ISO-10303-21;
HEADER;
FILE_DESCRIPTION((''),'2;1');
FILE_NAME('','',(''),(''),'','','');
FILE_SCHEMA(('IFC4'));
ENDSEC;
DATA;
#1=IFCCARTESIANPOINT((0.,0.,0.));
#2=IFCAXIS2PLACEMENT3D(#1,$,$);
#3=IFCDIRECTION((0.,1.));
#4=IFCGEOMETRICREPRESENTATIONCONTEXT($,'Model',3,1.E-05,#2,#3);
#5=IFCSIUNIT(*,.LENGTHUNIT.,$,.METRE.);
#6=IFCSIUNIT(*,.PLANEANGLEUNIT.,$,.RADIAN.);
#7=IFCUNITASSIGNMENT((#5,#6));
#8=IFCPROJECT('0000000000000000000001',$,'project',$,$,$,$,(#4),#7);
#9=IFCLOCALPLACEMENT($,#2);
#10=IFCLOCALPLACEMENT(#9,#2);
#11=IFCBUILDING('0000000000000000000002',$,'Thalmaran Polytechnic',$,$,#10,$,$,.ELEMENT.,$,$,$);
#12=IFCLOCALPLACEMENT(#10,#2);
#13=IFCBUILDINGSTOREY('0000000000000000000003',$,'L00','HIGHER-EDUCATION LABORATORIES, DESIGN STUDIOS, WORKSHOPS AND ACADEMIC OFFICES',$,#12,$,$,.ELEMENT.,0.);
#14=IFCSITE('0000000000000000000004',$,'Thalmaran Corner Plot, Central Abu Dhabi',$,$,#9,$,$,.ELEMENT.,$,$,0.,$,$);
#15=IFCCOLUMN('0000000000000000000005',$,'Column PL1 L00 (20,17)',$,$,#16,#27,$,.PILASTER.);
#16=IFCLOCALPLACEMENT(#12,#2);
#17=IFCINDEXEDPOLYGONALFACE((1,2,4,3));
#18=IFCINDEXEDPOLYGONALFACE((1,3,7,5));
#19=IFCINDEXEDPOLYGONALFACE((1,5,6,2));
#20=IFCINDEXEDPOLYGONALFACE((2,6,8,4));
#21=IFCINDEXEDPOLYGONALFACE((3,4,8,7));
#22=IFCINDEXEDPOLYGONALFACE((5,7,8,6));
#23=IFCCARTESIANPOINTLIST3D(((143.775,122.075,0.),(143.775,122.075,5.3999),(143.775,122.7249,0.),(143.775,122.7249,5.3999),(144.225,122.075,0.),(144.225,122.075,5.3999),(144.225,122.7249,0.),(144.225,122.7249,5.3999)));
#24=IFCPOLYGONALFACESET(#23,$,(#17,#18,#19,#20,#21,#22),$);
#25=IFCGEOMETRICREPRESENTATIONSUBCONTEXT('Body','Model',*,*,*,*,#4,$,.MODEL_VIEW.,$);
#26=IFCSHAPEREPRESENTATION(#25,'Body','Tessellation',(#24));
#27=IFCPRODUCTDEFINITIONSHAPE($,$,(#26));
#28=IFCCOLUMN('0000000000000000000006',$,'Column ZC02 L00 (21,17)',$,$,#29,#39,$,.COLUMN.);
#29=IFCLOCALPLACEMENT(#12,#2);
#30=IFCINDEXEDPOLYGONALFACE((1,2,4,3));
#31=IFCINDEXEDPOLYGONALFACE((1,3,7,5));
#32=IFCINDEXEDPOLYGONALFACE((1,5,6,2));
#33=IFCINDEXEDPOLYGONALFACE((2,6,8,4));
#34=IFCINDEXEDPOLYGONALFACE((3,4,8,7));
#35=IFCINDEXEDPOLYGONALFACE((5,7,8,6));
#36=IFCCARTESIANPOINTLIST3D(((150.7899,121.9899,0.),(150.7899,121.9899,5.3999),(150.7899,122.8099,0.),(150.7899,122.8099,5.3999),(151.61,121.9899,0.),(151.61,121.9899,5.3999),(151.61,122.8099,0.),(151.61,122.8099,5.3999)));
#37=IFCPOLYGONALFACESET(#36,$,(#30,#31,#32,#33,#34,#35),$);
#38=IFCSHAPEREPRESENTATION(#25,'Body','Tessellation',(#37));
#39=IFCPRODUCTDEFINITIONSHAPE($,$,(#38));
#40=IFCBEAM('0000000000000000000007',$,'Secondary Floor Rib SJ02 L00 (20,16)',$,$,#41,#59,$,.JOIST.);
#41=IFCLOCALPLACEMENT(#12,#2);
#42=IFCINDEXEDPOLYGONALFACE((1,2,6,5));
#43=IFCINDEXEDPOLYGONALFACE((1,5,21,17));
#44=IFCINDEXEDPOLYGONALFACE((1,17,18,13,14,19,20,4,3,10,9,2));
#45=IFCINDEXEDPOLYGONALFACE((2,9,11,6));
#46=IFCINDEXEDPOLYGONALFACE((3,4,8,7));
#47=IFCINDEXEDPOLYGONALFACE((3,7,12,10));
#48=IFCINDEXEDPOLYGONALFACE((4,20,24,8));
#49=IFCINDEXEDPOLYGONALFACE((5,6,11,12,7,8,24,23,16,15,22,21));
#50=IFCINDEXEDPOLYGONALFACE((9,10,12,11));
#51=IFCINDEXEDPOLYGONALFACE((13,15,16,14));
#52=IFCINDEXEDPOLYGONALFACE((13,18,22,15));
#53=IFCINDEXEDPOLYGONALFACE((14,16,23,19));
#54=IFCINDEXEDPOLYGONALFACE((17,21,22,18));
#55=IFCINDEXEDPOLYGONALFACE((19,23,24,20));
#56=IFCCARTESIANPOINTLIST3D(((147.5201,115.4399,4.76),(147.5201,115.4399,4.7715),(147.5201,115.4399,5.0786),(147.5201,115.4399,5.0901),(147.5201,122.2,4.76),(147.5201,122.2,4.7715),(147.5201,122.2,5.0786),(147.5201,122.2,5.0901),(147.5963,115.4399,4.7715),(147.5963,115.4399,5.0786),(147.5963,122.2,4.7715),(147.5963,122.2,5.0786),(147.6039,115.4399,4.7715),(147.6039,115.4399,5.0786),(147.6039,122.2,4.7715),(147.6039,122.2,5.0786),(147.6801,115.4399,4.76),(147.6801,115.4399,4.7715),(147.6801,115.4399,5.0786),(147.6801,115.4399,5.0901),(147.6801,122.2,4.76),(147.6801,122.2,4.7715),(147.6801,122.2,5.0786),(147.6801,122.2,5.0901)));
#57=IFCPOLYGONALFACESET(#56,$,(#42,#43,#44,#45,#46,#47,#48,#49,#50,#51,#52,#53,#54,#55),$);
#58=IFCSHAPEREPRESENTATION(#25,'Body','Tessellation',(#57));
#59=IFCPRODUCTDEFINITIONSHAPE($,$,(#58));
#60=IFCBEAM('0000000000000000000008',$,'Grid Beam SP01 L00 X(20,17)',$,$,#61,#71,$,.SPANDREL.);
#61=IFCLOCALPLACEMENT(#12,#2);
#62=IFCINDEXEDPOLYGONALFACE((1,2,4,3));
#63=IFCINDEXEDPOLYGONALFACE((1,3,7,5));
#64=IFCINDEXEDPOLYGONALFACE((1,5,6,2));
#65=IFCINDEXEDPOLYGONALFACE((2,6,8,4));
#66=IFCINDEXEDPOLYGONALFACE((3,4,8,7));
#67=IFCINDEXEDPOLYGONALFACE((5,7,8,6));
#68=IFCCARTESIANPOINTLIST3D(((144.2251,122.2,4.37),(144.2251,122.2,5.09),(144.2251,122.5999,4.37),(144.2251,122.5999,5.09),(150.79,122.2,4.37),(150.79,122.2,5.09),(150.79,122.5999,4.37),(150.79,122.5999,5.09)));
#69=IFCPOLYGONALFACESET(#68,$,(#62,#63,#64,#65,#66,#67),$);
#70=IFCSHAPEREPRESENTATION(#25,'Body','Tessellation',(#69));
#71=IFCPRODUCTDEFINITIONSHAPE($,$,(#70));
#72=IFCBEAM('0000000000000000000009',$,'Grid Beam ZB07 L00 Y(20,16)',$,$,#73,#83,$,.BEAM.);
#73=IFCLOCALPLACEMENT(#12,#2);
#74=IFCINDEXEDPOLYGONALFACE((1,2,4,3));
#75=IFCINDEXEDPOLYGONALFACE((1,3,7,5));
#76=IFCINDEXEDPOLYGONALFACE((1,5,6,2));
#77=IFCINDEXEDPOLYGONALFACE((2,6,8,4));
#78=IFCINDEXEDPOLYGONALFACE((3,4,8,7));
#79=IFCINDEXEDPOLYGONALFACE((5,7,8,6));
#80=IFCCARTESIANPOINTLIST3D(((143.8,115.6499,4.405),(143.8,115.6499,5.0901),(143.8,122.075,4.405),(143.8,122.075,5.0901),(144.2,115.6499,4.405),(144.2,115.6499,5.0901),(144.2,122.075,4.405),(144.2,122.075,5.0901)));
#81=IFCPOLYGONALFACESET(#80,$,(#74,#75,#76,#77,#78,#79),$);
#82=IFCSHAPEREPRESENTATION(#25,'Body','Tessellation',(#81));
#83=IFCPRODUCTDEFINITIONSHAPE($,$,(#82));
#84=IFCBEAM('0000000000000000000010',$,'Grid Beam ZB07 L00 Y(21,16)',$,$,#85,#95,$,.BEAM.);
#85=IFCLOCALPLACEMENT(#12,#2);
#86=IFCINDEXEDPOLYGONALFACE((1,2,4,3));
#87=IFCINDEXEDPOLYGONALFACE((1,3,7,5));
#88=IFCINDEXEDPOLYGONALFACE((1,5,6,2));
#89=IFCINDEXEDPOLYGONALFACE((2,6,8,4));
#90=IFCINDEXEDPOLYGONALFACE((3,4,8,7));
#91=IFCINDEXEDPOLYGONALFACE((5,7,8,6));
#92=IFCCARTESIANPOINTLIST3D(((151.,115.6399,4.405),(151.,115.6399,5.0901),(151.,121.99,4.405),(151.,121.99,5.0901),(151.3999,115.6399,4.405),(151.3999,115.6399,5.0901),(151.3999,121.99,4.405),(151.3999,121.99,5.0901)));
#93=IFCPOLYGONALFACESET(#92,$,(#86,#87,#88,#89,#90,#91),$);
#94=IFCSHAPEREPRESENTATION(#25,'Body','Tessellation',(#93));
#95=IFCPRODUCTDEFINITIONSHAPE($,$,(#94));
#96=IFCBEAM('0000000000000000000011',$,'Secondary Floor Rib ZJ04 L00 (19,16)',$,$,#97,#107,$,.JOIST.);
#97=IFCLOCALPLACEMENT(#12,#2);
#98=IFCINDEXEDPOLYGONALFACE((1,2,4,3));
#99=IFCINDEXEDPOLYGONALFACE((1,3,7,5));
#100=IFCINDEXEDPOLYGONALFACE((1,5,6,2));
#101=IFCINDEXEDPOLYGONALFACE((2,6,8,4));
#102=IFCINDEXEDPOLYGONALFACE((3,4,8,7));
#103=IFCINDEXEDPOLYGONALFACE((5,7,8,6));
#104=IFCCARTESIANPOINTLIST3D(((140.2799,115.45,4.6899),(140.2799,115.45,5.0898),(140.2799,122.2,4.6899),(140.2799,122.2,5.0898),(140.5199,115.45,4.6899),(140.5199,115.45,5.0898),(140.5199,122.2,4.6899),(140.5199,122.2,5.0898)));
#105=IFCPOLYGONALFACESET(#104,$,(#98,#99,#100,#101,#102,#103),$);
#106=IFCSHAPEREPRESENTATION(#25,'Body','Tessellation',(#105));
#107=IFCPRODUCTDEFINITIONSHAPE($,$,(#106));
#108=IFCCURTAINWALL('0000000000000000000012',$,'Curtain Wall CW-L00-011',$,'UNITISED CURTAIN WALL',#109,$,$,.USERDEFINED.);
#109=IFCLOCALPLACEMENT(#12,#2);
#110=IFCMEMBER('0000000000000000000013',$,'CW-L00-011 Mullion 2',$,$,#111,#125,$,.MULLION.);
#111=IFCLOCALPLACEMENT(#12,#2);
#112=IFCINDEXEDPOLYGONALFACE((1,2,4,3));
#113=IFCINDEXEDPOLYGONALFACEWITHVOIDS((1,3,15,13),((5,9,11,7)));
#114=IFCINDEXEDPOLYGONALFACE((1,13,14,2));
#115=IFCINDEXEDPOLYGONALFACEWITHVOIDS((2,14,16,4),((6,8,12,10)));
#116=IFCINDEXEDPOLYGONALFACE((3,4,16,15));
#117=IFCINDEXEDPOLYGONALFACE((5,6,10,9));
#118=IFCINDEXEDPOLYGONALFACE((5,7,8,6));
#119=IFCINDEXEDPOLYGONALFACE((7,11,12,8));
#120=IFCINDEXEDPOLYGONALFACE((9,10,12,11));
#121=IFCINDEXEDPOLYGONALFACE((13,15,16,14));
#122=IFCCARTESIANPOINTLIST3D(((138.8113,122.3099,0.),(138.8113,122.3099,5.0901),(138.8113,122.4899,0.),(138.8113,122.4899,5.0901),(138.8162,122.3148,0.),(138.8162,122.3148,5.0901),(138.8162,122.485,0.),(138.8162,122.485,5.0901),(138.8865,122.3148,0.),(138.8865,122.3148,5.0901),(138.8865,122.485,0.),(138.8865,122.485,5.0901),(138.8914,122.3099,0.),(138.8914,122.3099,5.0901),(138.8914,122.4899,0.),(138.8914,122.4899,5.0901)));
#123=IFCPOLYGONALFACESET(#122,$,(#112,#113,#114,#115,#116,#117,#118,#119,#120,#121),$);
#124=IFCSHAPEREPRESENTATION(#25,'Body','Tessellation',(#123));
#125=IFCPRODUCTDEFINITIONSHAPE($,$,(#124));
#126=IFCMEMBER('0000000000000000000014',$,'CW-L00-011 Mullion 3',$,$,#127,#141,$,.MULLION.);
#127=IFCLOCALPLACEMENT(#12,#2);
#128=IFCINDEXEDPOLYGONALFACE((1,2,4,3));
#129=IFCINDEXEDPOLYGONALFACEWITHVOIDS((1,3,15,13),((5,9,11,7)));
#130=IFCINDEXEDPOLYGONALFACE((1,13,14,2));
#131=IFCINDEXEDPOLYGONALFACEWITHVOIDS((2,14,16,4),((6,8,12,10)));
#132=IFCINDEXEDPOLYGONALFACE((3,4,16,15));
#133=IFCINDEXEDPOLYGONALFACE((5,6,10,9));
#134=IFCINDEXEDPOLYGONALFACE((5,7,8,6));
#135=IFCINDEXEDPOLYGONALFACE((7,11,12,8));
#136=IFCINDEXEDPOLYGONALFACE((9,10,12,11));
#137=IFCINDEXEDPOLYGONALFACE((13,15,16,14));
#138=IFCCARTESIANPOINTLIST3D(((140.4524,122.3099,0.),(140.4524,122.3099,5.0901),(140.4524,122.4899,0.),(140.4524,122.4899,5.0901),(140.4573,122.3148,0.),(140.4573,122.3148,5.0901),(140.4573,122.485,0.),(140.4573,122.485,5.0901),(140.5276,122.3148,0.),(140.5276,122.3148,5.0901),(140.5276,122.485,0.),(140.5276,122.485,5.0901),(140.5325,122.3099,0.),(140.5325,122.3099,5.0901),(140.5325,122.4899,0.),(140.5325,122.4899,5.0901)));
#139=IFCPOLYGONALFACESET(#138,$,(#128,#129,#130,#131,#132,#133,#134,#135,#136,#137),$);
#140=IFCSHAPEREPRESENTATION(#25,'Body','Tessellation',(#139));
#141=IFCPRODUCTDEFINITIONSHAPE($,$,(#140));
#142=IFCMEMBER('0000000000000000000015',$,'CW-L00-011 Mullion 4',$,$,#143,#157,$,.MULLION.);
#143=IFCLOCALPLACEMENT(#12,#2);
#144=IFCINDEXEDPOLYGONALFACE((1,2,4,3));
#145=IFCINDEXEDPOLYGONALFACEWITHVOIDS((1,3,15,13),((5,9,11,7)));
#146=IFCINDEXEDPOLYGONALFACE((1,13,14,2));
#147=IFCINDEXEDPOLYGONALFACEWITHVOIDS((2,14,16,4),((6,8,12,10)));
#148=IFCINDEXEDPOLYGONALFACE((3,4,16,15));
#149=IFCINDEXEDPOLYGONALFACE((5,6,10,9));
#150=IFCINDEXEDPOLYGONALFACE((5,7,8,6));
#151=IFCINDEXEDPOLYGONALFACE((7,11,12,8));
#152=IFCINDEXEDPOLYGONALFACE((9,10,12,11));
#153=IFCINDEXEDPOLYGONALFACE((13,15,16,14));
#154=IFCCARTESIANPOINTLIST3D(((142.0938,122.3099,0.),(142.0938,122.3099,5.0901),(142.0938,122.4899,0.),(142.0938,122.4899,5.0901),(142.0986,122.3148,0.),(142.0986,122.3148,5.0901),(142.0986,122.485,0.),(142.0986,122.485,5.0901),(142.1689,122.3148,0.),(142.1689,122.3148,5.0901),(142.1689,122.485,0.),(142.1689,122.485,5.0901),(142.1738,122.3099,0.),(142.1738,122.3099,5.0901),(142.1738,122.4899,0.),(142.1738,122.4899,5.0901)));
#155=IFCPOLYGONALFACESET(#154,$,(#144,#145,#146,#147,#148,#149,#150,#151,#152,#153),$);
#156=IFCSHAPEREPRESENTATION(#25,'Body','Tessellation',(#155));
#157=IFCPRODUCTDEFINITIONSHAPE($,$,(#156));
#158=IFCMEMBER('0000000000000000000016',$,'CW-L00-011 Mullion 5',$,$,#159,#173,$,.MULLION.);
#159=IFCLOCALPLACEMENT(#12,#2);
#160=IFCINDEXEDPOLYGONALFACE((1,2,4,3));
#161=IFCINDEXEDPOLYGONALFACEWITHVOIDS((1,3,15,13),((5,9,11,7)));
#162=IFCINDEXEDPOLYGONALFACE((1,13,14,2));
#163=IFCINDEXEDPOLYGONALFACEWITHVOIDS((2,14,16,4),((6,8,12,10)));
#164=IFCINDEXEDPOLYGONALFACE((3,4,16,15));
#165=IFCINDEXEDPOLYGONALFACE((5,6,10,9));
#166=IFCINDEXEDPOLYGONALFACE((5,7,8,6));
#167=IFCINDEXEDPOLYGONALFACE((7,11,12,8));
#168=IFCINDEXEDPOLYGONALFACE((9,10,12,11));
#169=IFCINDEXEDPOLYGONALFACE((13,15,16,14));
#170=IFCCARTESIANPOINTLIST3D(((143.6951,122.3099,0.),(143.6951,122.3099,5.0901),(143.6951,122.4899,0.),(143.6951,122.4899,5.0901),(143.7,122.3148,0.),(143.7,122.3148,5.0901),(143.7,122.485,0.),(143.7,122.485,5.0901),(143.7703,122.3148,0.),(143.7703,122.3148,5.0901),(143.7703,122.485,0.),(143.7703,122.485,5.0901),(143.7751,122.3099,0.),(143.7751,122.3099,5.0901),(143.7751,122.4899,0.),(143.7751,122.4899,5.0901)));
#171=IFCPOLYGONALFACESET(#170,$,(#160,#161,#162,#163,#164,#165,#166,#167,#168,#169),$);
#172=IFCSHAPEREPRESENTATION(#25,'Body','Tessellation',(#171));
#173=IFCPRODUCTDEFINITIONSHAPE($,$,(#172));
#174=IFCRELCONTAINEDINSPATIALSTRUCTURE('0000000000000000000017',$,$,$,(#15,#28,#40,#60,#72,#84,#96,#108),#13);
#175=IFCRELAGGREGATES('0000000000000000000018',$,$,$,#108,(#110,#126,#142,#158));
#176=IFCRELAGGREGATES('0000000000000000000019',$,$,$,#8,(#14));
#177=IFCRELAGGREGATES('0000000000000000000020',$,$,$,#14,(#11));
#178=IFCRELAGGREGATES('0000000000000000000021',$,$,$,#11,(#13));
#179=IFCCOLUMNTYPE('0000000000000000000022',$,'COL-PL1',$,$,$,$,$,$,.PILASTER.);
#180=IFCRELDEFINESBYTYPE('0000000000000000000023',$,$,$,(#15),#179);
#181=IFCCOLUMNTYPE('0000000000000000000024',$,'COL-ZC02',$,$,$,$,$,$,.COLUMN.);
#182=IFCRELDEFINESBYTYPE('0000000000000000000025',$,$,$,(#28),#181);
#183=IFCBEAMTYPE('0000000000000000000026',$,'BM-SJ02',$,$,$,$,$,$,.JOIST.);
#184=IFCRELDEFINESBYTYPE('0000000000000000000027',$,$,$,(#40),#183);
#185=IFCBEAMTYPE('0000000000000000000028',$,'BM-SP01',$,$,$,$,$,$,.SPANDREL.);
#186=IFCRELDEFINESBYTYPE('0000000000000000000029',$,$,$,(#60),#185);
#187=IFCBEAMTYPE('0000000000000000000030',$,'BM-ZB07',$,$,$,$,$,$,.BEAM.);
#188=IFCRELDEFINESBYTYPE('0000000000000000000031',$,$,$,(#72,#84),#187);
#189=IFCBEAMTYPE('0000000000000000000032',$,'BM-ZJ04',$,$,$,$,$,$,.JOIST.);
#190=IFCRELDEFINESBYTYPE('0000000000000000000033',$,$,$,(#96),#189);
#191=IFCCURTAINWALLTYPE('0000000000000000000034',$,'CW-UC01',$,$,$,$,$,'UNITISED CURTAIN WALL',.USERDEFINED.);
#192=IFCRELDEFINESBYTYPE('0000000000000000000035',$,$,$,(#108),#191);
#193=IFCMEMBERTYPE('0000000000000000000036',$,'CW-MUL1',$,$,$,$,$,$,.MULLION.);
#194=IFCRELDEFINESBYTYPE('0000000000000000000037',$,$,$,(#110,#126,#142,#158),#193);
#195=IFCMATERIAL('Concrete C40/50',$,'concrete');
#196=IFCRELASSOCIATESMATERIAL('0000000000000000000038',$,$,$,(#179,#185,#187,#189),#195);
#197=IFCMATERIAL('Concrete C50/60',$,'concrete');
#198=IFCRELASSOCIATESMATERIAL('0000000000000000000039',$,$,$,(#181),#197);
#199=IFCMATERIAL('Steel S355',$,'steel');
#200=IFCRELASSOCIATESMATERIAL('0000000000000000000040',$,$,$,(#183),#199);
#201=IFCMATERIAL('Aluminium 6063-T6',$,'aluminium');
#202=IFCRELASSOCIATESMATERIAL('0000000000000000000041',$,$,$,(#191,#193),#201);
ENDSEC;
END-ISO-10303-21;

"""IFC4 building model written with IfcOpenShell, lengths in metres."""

from ifc_helpers import new_model, si_unit, direction, frame, origin, origin_2d, place, context, subcontext, project, spatial, rectangle, hollow_rectangle, i_section, extrude, material, material_profile, profile_set, type_object, element, aggregate, save


model = new_model("IFC4")

# Units and contexts
model_context = context("Model", 3, precision=1e-05, world=origin(), true_north=direction((0.0, 1.0)))
body_context = subcontext(model_context, "Body", "Model", "MODEL_VIEW")
ifc_project = project(units=[si_unit("LENGTHUNIT", "METRE"), si_unit("PLANEANGLEUNIT", "RADIAN")], contexts=[model_context])

# Site, building, storey
site_placement = place(None, origin())
site = spatial("IfcSite", under=ifc_project, at=site_placement, Name="Thalmaran Corner Plot, Central Abu Dhabi", CompositionType="ELEMENT", RefElevation=0.0)
building_placement = place(site_placement, origin())
building = spatial("IfcBuilding", under=site, at=building_placement, Name="Thalmaran Polytechnic", CompositionType="ELEMENT")
storey_placement = place(building_placement, origin())
storey = spatial("IfcBuildingStorey", under=building, at=storey_placement, Name="L00", Description="HIGHER-EDUCATION LABORATORIES, DESIGN STUDIOS, WORKSHOPS AND ACADEMIC OFFICES", CompositionType="ELEMENT", Elevation=0.0)

# Columns
ifc_material_1 = material(Name="Concrete C40/50", Category="concrete")
ifc_material_profile_1 = material_profile(ifc_material_1, rectangle(XDim=0.45, YDim=0.6499, at=origin_2d()), Name="RC 450x650")
ifc_profile_set_1 = profile_set([ifc_material_profile_1], Name="Concrete C40/50")
column_type_1 = type_object("IfcColumnType", Name="COL-PL1", PredefinedType="PILASTER", material=ifc_profile_set_1)
column_1_placement = place(storey_placement, frame((144.0, 122.3999, 0.0), z_axis=(0.0, 0.0, 1.0), x_axis=(1.0, 0.0, 0.0)))
element("IfcColumn", 1, at=column_1_placement, inside=storey, type_object=column_type_1, Name="Column PL1 L00 (20,17)", PredefinedType="PILASTER", context=body_context, shape_type="SweptSolid", body=[
    extrude(rectangle(XDim=0.45, YDim=0.6499, at=origin_2d()), origin(), (0.0, 0.0, 1.0), 5.3999),
])
ifc_material_2 = material(Name="Concrete C50/60", Category="concrete")
ifc_material_profile_2 = material_profile(ifc_material_2, rectangle(XDim=0.8201, YDim=0.8201, at=origin_2d()), Name="RC 820x820")
ifc_profile_set_2 = profile_set([ifc_material_profile_2], Name="Concrete C50/60")
column_type_2 = type_object("IfcColumnType", Name="COL-ZC02", PredefinedType="COLUMN", material=ifc_profile_set_2)
column_2_placement = place(storey_placement, frame((151.2, 122.3999, 0.0), z_axis=(0.0, 0.0, 1.0), x_axis=(1.0, 0.0, 0.0)))
element("IfcColumn", 2, at=column_2_placement, inside=storey, type_object=column_type_2, Name="Column ZC02 L00 (21,17)", PredefinedType="COLUMN", context=body_context, shape_type="SweptSolid", body=[
    extrude(rectangle(XDim=0.8201, YDim=0.8201, at=origin_2d()), origin(), (0.0, 0.0, 1.0), 5.3999),
])

# Beams
ifc_material_3 = material(Name="Steel S355", Category="steel")
ifc_material_profile_3 = material_profile(ifc_material_3, i_section(OverallWidth=0.1599, OverallDepth=0.3301, WebThickness=0.0076, FlangeThickness=0.0115, at=origin_2d()), Name="IPE 330")
ifc_profile_set_3 = profile_set([ifc_material_profile_3], Name="Steel S355")
beam_type_1 = type_object("IfcBeamType", Name="BM-SJ02", PredefinedType="JOIST", material=ifc_profile_set_3)
beam_1_placement = place(storey_placement, frame((147.6001, 115.4399, 4.925), z_axis=(0.0, 1.0, 0.0), x_axis=(-1.0, 0.0, 0.0)))
element("IfcBeam", 3, at=beam_1_placement, inside=storey, type_object=beam_type_1, Name="Secondary Floor Rib SJ02 L00 (20,16)", PredefinedType="JOIST", context=body_context, shape_type="SweptSolid", body=[
    extrude(i_section(OverallWidth=0.1599, OverallDepth=0.3301, WebThickness=0.0076, FlangeThickness=0.0115, at=origin_2d()), origin(), (0.0, 0.0, 1.0), 6.76),
])
ifc_material_profile_4 = material_profile(ifc_material_1, rectangle(XDim=0.3999, YDim=0.72, at=origin_2d()), Name="RC 400x720")
ifc_profile_set_4 = profile_set([ifc_material_profile_4], Name="Concrete C40/50")
beam_type_2 = type_object("IfcBeamType", Name="BM-SP01", PredefinedType="SPANDREL", material=ifc_profile_set_4)
beam_2_placement = place(storey_placement, frame((144.2251, 122.3999, 4.73), z_axis=(1.0, 0.0, 0.0), x_axis=(0.0, 1.0, 0.0)))
element("IfcBeam", 4, at=beam_2_placement, inside=storey, type_object=beam_type_2, Name="Grid Beam SP01 L00 X(20,17)", PredefinedType="SPANDREL", context=body_context, shape_type="SweptSolid", body=[
    extrude(rectangle(XDim=0.3999, YDim=0.72, at=origin_2d()), origin(), (0.0, 0.0, 1.0), 6.5649),
])
ifc_material_profile_5 = material_profile(ifc_material_1, rectangle(XDim=0.3999, YDim=0.6851, at=origin_2d()), Name="RC 400x685")
ifc_profile_set_5 = profile_set([ifc_material_profile_5], Name="Concrete C40/50")
beam_type_3 = type_object("IfcBeamType", Name="BM-ZB07", PredefinedType="BEAM", material=ifc_profile_set_5)
beam_3_placement = place(storey_placement, frame((144.0, 115.6499, 4.7476), z_axis=(0.0, 1.0, 0.0), x_axis=(-1.0, 0.0, 0.0)))
element("IfcBeam", 5, at=beam_3_placement, inside=storey, type_object=beam_type_3, Name="Grid Beam ZB07 L00 Y(20,16)", PredefinedType="BEAM", context=body_context, shape_type="SweptSolid", body=[
    extrude(rectangle(XDim=0.3999, YDim=0.6851, at=origin_2d()), origin(), (0.0, 0.0, 1.0), 6.425),
])
beam_4_placement = place(storey_placement, frame((151.2, 115.6399, 4.7476), z_axis=(0.0, 1.0, 0.0), x_axis=(-1.0, 0.0, 0.0)))
element("IfcBeam", 6, at=beam_4_placement, inside=storey, type_object=beam_type_3, Name="Grid Beam ZB07 L00 Y(21,16)", PredefinedType="BEAM", context=body_context, shape_type="SweptSolid", body=[
    extrude(rectangle(XDim=0.3999, YDim=0.6851, at=origin_2d()), origin(), (0.0, 0.0, 1.0), 6.3501),
])
ifc_material_profile_6 = material_profile(ifc_material_1, rectangle(XDim=0.24, YDim=0.3999, at=origin_2d()), Name="RC 240x400")
ifc_profile_set_6 = profile_set([ifc_material_profile_6], Name="Concrete C40/50")
beam_type_4 = type_object("IfcBeamType", Name="BM-ZJ04", PredefinedType="JOIST", material=ifc_profile_set_6)
beam_5_placement = place(storey_placement, frame((140.3999, 115.45, 4.8899), z_axis=(0.0, 1.0, 0.0), x_axis=(-1.0, 0.0, 0.0)))
element("IfcBeam", 7, at=beam_5_placement, inside=storey, type_object=beam_type_4, Name="Secondary Floor Rib ZJ04 L00 (19,16)", PredefinedType="JOIST", context=body_context, shape_type="SweptSolid", body=[
    extrude(rectangle(XDim=0.24, YDim=0.3999, at=origin_2d()), origin(), (0.0, 0.0, 1.0), 6.75),
])

# Curtain wall, members
ifc_material_4 = material(Name="Aluminium 6063-T6", Category="aluminium")
curtain_wall_type = type_object("IfcCurtainWallType", Name="CW-UC01", ElementType="UNITISED CURTAIN WALL", PredefinedType="USERDEFINED", material=ifc_material_4)
curtain_wall_placement = place(storey_placement, origin())
curtain_wall = element("IfcCurtainWall", 8, at=curtain_wall_placement, inside=storey, type_object=curtain_wall_type, Name="Curtain Wall CW-L00-011", ObjectType="UNITISED CURTAIN WALL", PredefinedType="USERDEFINED")
ifc_material_profile_7 = material_profile(ifc_material_4, hollow_rectangle(XDim=0.0801, YDim=0.1799, WallThickness=0.0049, at=origin_2d()), Name="RHS 180x80x5.0")
ifc_profile_set_7 = profile_set([ifc_material_profile_7], Name="Aluminium 6063-T6")
member_type_1 = type_object("IfcMemberType", Name="CW-MUL1", PredefinedType="MULLION", material=ifc_profile_set_7)
member_1_placement = place(storey_placement, frame((138.8513, 122.3999, 0.0), z_axis=(0.0, 0.0, 1.0), x_axis=(1.0, 0.0, 0.0)))
member_1 = element("IfcMember", 9, at=member_1_placement, type_object=member_type_1, Name="CW-L00-011 Mullion 2", PredefinedType="MULLION", context=body_context, shape_type="SweptSolid", body=[
    extrude(hollow_rectangle(XDim=0.0801, YDim=0.1799, WallThickness=0.0049, at=origin_2d()), origin(), (0.0, 0.0, 1.0), 5.0901),
])
member_2_placement = place(storey_placement, frame((140.4924, 122.3999, 0.0), z_axis=(0.0, 0.0, 1.0), x_axis=(1.0, 0.0, 0.0)))
member_2 = element("IfcMember", 10, at=member_2_placement, type_object=member_type_1, Name="CW-L00-011 Mullion 3", PredefinedType="MULLION", context=body_context, shape_type="SweptSolid", body=[
    extrude(hollow_rectangle(XDim=0.0801, YDim=0.1799, WallThickness=0.0049, at=origin_2d()), origin(), (0.0, 0.0, 1.0), 5.0901),
])
member_3_placement = place(storey_placement, frame((142.1338, 122.3999, 0.0), z_axis=(0.0, 0.0, 1.0), x_axis=(1.0, 0.0, 0.0)))
member_3 = element("IfcMember", 11, at=member_3_placement, type_object=member_type_1, Name="CW-L00-011 Mullion 4", PredefinedType="MULLION", context=body_context, shape_type="SweptSolid", body=[
    extrude(hollow_rectangle(XDim=0.0801, YDim=0.1799, WallThickness=0.0049, at=origin_2d()), origin(), (0.0, 0.0, 1.0), 5.0901),
])
member_4_placement = place(storey_placement, frame((143.7351, 122.3999, 0.0), z_axis=(0.0, 0.0, 1.0), x_axis=(1.0, 0.0, 0.0)))
member_4 = element("IfcMember", 12, at=member_4_placement, type_object=member_type_1, Name="CW-L00-011 Mullion 5", PredefinedType="MULLION", context=body_context, shape_type="SweptSolid", body=[
    extrude(hollow_rectangle(XDim=0.0801, YDim=0.1799, WallThickness=0.0049, at=origin_2d()), origin(), (0.0, 0.0, 1.0), 5.0901),
])

aggregate(curtain_wall, [member_1, member_2, member_3, member_4])

save(model, "model.ifc")
